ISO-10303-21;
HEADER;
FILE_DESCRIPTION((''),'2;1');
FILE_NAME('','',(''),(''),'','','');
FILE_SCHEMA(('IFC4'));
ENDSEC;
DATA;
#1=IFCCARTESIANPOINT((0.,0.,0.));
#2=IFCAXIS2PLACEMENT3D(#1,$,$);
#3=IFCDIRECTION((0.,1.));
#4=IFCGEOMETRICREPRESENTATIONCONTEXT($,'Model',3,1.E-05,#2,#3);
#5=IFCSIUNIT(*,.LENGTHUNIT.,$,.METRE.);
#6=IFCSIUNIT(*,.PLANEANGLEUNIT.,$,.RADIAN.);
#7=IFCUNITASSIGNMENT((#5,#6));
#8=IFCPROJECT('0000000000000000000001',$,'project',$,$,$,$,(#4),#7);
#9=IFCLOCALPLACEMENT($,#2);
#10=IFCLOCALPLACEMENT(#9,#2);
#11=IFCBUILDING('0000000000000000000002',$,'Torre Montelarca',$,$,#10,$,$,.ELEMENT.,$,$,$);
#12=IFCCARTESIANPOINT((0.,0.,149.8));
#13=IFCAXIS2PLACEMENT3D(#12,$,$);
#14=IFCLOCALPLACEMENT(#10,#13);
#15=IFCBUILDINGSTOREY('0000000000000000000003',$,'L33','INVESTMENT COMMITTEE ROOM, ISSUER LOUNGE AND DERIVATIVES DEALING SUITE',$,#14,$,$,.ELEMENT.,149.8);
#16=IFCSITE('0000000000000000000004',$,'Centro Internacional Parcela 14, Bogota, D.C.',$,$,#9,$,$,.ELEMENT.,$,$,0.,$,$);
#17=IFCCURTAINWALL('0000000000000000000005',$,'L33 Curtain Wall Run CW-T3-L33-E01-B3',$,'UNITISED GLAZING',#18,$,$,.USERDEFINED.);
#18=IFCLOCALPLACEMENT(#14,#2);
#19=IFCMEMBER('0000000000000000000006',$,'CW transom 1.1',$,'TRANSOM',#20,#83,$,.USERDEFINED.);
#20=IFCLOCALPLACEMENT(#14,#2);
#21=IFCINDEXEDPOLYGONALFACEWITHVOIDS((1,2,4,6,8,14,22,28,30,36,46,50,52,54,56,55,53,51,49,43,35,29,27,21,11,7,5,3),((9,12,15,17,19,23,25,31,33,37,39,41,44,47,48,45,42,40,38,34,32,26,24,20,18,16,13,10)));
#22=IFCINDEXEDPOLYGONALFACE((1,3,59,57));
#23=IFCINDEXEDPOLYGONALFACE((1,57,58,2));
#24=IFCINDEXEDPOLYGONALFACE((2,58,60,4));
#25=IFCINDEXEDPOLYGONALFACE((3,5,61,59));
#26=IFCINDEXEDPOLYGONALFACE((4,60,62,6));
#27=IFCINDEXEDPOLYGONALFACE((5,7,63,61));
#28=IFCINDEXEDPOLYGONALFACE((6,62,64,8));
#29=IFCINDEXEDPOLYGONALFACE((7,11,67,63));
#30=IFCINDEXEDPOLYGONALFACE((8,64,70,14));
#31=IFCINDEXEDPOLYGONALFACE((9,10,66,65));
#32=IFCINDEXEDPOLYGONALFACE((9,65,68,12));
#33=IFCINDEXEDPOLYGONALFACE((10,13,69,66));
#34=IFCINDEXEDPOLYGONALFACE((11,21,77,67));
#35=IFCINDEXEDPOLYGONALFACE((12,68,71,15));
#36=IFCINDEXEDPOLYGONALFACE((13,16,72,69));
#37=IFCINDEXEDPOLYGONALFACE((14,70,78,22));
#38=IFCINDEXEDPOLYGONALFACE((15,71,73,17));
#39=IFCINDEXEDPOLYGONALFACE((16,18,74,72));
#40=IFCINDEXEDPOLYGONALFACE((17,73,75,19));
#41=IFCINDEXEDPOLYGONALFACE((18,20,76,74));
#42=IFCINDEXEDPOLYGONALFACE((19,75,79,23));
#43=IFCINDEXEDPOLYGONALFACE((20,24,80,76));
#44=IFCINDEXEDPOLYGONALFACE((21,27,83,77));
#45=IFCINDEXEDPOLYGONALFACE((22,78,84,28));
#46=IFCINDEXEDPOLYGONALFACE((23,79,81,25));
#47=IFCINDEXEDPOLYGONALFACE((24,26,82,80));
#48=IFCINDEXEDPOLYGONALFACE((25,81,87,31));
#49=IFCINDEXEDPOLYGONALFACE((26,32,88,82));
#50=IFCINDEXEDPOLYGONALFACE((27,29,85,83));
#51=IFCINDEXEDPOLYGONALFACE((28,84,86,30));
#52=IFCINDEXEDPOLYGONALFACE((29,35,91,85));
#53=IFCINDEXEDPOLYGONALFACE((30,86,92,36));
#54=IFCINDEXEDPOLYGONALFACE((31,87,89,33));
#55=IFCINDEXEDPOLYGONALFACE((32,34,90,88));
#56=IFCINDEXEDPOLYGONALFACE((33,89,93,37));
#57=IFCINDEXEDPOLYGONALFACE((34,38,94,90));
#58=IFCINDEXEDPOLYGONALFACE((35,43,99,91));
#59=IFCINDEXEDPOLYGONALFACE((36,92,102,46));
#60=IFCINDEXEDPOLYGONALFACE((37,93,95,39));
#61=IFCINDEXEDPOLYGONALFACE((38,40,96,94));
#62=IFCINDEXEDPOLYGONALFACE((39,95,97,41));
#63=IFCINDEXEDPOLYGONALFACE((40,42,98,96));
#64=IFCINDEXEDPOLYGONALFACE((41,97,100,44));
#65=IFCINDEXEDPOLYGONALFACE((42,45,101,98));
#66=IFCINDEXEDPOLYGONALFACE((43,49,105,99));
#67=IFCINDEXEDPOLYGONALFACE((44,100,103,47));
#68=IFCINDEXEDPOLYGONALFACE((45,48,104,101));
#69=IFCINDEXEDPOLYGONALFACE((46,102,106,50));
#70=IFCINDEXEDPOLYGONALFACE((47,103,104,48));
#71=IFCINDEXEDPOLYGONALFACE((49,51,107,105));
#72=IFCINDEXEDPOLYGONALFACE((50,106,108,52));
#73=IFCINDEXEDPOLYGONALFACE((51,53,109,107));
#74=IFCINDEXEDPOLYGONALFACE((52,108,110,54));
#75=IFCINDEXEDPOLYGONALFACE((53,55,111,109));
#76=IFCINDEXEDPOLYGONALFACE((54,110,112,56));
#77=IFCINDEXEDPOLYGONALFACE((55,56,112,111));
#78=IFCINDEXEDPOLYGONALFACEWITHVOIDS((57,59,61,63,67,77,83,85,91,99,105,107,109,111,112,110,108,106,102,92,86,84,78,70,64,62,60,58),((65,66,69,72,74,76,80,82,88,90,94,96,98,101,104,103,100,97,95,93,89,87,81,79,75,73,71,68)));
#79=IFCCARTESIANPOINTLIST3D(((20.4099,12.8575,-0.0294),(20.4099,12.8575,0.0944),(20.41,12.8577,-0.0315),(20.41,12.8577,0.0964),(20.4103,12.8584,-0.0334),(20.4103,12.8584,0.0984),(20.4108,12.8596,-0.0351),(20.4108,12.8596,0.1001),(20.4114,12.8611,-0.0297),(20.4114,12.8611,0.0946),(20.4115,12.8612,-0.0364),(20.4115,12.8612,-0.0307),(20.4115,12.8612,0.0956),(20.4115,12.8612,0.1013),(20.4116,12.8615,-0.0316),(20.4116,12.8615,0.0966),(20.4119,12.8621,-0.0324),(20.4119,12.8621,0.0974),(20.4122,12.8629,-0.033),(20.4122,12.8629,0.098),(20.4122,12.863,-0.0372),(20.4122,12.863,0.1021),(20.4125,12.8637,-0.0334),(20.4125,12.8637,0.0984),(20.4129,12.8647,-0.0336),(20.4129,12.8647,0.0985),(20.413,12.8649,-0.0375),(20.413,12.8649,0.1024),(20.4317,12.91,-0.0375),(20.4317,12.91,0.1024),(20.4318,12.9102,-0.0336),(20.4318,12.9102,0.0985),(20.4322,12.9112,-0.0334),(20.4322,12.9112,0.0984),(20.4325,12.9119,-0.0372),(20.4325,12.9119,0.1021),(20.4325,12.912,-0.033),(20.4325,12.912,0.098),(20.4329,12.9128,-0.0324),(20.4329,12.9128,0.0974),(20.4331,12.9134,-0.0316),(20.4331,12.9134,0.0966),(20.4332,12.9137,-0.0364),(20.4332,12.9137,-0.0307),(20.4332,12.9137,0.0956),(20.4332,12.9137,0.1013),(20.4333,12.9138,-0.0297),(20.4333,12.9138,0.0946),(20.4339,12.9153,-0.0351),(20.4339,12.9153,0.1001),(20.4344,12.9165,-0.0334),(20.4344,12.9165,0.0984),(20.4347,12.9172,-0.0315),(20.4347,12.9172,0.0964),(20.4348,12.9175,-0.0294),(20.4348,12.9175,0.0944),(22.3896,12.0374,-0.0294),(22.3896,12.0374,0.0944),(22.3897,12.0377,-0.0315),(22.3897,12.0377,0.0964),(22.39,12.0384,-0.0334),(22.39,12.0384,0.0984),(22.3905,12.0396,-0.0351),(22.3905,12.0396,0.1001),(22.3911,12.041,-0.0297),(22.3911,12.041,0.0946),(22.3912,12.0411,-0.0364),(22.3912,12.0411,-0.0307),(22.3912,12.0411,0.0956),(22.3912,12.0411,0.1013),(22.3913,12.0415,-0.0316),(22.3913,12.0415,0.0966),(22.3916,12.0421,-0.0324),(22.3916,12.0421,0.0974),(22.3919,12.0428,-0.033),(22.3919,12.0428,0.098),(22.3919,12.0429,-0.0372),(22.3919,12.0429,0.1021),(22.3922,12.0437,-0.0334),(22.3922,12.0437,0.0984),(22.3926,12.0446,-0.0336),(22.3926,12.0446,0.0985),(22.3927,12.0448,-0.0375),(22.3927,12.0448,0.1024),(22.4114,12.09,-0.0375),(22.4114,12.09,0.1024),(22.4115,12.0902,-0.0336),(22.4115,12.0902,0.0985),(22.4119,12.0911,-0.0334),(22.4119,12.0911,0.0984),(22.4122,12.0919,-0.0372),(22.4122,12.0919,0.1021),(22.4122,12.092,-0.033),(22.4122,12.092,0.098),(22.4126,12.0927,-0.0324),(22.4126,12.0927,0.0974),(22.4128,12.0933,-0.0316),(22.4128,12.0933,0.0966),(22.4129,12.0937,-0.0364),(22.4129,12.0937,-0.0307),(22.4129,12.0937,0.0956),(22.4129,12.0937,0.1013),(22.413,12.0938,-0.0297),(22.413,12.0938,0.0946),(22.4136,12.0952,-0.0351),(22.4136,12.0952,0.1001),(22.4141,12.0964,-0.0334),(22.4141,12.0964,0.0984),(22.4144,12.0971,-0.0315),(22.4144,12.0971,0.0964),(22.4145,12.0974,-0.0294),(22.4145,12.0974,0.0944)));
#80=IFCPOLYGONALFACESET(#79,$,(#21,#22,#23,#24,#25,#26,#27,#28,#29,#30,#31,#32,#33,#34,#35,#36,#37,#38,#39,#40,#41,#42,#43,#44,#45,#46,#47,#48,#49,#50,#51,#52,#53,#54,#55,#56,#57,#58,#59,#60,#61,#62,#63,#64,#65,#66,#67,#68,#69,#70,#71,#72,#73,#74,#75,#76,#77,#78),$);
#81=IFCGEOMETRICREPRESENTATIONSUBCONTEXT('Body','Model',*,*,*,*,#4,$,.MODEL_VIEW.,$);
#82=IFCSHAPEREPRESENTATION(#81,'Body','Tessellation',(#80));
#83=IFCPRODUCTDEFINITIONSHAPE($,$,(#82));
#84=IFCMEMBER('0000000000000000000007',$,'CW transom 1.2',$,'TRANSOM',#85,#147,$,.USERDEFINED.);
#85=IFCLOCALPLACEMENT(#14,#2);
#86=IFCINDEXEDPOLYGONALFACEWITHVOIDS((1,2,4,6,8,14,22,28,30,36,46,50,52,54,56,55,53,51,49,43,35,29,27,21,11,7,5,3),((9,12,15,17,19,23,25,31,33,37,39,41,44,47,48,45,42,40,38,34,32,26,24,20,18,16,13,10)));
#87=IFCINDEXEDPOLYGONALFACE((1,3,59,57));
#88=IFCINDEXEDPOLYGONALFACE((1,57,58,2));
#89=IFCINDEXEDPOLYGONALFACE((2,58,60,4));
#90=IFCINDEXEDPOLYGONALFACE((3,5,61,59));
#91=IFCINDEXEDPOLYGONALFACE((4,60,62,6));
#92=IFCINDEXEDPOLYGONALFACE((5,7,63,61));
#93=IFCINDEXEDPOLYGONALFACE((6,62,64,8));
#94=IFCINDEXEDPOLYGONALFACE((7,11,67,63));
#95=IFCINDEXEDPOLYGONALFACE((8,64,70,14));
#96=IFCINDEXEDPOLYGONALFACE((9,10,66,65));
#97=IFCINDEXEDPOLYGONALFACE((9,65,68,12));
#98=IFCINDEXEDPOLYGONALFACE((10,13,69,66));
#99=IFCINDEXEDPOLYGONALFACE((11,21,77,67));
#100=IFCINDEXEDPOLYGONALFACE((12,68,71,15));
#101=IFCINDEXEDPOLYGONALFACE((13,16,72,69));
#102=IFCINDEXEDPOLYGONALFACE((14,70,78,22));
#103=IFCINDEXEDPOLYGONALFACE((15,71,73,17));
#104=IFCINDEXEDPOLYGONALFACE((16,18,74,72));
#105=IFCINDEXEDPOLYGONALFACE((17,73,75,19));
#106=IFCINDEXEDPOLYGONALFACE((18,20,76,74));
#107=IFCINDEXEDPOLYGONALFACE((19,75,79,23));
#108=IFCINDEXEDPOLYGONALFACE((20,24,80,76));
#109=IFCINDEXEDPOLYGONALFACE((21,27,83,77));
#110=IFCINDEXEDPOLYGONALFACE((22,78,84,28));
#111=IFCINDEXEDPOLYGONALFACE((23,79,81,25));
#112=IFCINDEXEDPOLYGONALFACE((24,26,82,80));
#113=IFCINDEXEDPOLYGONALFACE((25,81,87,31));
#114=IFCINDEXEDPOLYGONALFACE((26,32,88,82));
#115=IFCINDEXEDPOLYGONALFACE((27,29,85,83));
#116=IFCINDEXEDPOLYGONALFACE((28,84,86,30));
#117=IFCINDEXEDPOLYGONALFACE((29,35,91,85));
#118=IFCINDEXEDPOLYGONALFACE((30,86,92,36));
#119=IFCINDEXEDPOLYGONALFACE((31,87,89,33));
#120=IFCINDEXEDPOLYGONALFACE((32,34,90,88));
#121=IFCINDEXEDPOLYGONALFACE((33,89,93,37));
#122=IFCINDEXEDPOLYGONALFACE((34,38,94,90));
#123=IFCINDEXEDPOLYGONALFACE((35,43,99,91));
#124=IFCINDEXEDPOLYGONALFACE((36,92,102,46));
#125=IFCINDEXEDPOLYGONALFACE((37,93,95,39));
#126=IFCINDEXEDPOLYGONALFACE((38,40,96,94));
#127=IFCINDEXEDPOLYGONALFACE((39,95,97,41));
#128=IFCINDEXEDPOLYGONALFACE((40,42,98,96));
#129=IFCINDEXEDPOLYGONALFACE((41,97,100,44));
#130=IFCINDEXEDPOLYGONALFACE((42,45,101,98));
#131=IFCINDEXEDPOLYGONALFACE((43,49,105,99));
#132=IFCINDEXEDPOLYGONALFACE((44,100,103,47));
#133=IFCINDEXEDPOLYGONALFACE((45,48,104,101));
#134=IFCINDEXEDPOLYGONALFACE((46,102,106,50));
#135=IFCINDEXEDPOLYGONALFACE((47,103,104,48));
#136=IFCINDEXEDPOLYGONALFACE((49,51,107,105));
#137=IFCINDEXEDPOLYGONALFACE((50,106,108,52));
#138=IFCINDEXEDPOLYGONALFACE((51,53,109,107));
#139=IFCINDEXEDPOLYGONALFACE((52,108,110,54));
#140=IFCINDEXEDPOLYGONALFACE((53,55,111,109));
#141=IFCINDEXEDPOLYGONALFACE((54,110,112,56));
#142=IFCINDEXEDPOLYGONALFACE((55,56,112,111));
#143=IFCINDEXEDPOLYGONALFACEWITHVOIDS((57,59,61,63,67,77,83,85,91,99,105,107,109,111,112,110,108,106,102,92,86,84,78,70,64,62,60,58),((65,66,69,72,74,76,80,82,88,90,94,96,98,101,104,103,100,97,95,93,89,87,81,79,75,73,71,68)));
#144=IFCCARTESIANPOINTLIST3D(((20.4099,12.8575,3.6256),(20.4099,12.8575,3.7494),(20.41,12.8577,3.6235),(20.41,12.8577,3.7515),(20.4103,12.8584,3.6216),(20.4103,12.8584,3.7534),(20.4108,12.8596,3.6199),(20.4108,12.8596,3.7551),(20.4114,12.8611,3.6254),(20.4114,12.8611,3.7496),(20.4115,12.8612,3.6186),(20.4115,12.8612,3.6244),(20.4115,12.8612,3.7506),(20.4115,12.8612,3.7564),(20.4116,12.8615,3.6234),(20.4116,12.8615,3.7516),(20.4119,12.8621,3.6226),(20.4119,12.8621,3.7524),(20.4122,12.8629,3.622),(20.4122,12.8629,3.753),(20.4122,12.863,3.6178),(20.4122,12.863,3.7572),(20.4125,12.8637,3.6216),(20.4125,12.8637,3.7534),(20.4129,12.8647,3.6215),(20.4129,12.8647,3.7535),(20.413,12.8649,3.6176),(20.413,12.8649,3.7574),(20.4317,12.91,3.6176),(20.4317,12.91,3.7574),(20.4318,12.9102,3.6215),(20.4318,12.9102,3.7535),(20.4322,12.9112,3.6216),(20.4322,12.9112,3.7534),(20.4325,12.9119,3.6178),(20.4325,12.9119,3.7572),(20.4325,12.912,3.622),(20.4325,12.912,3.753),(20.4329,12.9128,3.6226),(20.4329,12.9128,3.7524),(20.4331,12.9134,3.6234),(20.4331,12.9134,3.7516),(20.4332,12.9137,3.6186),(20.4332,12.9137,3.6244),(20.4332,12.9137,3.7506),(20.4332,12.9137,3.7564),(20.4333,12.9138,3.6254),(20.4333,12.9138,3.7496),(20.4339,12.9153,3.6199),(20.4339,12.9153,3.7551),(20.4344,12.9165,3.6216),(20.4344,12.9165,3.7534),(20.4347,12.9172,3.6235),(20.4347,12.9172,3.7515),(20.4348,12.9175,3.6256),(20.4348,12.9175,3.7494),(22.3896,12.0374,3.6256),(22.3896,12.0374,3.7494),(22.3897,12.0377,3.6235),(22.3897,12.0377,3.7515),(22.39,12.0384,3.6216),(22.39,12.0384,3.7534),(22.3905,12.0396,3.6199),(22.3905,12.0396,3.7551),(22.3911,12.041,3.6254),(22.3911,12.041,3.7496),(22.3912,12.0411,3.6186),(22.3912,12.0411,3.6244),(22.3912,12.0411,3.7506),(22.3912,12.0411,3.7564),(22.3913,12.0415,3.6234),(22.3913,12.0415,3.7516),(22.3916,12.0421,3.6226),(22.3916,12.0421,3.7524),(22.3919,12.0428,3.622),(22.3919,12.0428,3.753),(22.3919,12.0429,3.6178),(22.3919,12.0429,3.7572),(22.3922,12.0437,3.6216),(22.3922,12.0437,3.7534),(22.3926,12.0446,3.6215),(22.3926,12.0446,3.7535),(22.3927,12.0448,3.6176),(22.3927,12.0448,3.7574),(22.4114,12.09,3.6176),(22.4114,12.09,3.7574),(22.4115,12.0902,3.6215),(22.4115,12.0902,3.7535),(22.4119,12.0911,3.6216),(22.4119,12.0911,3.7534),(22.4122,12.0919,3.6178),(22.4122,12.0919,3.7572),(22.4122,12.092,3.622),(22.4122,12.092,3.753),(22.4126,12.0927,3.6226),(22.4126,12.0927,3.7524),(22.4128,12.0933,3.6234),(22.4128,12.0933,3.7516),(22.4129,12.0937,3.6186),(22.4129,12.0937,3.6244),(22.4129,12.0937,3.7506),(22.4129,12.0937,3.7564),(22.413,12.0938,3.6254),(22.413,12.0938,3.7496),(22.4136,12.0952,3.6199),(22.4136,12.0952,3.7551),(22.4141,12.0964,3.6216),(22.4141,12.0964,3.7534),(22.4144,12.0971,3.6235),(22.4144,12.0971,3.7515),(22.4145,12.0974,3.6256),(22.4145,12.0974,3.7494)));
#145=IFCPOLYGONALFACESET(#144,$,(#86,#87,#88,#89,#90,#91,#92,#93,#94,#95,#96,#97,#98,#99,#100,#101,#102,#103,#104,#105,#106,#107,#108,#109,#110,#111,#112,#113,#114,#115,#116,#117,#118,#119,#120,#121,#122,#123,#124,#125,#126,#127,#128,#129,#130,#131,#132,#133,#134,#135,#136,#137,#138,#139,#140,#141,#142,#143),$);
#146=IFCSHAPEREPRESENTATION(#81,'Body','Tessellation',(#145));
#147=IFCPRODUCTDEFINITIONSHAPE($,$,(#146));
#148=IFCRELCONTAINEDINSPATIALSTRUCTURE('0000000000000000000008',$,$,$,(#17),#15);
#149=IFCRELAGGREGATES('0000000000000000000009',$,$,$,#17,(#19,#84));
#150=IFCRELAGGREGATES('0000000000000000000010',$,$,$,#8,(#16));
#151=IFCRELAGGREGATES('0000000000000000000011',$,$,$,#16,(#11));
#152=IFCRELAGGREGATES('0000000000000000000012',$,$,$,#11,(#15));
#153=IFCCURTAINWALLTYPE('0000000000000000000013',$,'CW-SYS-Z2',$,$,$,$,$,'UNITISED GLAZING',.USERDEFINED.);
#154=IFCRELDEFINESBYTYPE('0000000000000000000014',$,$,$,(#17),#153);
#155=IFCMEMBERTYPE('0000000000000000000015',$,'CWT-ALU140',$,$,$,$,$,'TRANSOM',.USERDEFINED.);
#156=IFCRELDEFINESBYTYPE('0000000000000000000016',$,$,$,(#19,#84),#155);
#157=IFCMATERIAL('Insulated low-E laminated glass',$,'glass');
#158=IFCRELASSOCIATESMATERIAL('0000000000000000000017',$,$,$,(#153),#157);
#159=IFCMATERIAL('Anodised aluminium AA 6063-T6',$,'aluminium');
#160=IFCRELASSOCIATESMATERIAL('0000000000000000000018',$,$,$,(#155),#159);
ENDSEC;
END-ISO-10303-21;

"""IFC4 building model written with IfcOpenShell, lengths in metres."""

from ifc_helpers import new_model, si_unit, direction, frame, origin, origin_2d, place, context, subcontext, project, spatial, hollow_rectangle, extrude, source, transform, mapped, material, material_profile, profile_set, type_object, element, aggregate, save


model = new_model("IFC4")

# Units and contexts
model_context = context("Model", 3, precision=1e-05, world=origin(), true_north=direction((0.0, 1.0)))
body_context = subcontext(model_context, "Body", "Model", "MODEL_VIEW")
ifc_project = project(units=[si_unit("LENGTHUNIT", "METRE"), si_unit("PLANEANGLEUNIT", "RADIAN")], contexts=[model_context])

# Site, building, storey
site_placement = place(None, origin())
site = spatial("IfcSite", under=ifc_project, at=site_placement, Name="Centro Internacional Parcela 14, Bogota, D.C.", CompositionType="ELEMENT", RefElevation=0.0)
building_placement = place(site_placement, origin())
building = spatial("IfcBuilding", under=site, at=building_placement, Name="Torre Montelarca", CompositionType="ELEMENT")
storey_placement = place(building_placement, frame((0.0, 0.0, 149.8)))
storey = spatial("IfcBuildingStorey", under=building, at=storey_placement, Name="L33", Description="INVESTMENT COMMITTEE ROOM, ISSUER LOUNGE AND DERIVATIVES DEALING SUITE", CompositionType="ELEMENT", Elevation=149.8)

# Shared definitions
ifc_material_1 = material(Name="Insulated low-E laminated glass", Category="glass")
curtain_wall_type = type_object("IfcCurtainWallType", Name="CW-SYS-Z2", ElementType="UNITISED GLAZING", PredefinedType="USERDEFINED", material=ifc_material_1)
ifc_material_2 = material(Name="Anodised aluminium AA 6063-T6", Category="aluminium")
ifc_material_profile_1 = material_profile(ifc_material_2, hollow_rectangle(XDim=0.0649, YDim=0.1399, WallThickness=0.0039, InnerFilletRadius=0.0039, OuterFilletRadius=0.0081, at=origin_2d()), Name="ALU65X140X4", Category="aluminium")
ifc_profile_set_1 = profile_set([ifc_material_profile_1], Name="Anodised aluminium AA 6063-T6")
member_type_1 = type_object("IfcMemberType", Name="CWT-ALU140", ElementType="TRANSOM", PredefinedType="USERDEFINED", material=ifc_profile_set_1)

# Curtain wall
curtain_wall_1_placement = place(storey_placement, origin())
curtain_wall_1 = element("IfcCurtainWall", 1, at=curtain_wall_1_placement, inside=storey, type_object=curtain_wall_type, Name="L33 Curtain Wall Run CW-T3-L33-E01-B3", ObjectType="UNITISED GLAZING", PredefinedType="USERDEFINED")

# Members
shared_shape_1 = source(origin(), body_context, "Body", "SweptSolid", [
    extrude(hollow_rectangle(XDim=0.0649, YDim=0.1399, WallThickness=0.0039, InnerFilletRadius=0.0039, OuterFilletRadius=0.0081, at=origin_2d()), origin(), (0.0, 0.0, 1.0), 2.1428),
])
member_1_placement = place(storey_placement, frame((20.4224, 12.8875, 0.0325), z_axis=(0.923874, -0.382697, 0.0), x_axis=(0.382697, 0.923874, 0.0)))
member_1 = element("IfcMember", 2, at=member_1_placement, type_object=member_type_1, Name="CW transom 1.1", ObjectType="TRANSOM", PredefinedType="USERDEFINED", context=body_context, shape_type="MappedRepresentation", body=[
    mapped(shared_shape_1, transform((0.0, 0.0, 0.0), scale=1.0)),
])
member_2_placement = place(storey_placement, frame((20.4224, 12.8875, 3.6875), z_axis=(0.923874, -0.382697, 0.0), x_axis=(0.382697, 0.923874, 0.0)))
member_2 = element("IfcMember", 3, at=member_2_placement, type_object=member_type_1, Name="CW transom 1.2", ObjectType="TRANSOM", PredefinedType="USERDEFINED", context=body_context, shape_type="MappedRepresentation", body=[
    mapped(shared_shape_1, transform((0.0, 0.0, 0.0), scale=1.0)),
])

aggregate(curtain_wall_1, [member_1, member_2])

save(model, "model.ifc")
